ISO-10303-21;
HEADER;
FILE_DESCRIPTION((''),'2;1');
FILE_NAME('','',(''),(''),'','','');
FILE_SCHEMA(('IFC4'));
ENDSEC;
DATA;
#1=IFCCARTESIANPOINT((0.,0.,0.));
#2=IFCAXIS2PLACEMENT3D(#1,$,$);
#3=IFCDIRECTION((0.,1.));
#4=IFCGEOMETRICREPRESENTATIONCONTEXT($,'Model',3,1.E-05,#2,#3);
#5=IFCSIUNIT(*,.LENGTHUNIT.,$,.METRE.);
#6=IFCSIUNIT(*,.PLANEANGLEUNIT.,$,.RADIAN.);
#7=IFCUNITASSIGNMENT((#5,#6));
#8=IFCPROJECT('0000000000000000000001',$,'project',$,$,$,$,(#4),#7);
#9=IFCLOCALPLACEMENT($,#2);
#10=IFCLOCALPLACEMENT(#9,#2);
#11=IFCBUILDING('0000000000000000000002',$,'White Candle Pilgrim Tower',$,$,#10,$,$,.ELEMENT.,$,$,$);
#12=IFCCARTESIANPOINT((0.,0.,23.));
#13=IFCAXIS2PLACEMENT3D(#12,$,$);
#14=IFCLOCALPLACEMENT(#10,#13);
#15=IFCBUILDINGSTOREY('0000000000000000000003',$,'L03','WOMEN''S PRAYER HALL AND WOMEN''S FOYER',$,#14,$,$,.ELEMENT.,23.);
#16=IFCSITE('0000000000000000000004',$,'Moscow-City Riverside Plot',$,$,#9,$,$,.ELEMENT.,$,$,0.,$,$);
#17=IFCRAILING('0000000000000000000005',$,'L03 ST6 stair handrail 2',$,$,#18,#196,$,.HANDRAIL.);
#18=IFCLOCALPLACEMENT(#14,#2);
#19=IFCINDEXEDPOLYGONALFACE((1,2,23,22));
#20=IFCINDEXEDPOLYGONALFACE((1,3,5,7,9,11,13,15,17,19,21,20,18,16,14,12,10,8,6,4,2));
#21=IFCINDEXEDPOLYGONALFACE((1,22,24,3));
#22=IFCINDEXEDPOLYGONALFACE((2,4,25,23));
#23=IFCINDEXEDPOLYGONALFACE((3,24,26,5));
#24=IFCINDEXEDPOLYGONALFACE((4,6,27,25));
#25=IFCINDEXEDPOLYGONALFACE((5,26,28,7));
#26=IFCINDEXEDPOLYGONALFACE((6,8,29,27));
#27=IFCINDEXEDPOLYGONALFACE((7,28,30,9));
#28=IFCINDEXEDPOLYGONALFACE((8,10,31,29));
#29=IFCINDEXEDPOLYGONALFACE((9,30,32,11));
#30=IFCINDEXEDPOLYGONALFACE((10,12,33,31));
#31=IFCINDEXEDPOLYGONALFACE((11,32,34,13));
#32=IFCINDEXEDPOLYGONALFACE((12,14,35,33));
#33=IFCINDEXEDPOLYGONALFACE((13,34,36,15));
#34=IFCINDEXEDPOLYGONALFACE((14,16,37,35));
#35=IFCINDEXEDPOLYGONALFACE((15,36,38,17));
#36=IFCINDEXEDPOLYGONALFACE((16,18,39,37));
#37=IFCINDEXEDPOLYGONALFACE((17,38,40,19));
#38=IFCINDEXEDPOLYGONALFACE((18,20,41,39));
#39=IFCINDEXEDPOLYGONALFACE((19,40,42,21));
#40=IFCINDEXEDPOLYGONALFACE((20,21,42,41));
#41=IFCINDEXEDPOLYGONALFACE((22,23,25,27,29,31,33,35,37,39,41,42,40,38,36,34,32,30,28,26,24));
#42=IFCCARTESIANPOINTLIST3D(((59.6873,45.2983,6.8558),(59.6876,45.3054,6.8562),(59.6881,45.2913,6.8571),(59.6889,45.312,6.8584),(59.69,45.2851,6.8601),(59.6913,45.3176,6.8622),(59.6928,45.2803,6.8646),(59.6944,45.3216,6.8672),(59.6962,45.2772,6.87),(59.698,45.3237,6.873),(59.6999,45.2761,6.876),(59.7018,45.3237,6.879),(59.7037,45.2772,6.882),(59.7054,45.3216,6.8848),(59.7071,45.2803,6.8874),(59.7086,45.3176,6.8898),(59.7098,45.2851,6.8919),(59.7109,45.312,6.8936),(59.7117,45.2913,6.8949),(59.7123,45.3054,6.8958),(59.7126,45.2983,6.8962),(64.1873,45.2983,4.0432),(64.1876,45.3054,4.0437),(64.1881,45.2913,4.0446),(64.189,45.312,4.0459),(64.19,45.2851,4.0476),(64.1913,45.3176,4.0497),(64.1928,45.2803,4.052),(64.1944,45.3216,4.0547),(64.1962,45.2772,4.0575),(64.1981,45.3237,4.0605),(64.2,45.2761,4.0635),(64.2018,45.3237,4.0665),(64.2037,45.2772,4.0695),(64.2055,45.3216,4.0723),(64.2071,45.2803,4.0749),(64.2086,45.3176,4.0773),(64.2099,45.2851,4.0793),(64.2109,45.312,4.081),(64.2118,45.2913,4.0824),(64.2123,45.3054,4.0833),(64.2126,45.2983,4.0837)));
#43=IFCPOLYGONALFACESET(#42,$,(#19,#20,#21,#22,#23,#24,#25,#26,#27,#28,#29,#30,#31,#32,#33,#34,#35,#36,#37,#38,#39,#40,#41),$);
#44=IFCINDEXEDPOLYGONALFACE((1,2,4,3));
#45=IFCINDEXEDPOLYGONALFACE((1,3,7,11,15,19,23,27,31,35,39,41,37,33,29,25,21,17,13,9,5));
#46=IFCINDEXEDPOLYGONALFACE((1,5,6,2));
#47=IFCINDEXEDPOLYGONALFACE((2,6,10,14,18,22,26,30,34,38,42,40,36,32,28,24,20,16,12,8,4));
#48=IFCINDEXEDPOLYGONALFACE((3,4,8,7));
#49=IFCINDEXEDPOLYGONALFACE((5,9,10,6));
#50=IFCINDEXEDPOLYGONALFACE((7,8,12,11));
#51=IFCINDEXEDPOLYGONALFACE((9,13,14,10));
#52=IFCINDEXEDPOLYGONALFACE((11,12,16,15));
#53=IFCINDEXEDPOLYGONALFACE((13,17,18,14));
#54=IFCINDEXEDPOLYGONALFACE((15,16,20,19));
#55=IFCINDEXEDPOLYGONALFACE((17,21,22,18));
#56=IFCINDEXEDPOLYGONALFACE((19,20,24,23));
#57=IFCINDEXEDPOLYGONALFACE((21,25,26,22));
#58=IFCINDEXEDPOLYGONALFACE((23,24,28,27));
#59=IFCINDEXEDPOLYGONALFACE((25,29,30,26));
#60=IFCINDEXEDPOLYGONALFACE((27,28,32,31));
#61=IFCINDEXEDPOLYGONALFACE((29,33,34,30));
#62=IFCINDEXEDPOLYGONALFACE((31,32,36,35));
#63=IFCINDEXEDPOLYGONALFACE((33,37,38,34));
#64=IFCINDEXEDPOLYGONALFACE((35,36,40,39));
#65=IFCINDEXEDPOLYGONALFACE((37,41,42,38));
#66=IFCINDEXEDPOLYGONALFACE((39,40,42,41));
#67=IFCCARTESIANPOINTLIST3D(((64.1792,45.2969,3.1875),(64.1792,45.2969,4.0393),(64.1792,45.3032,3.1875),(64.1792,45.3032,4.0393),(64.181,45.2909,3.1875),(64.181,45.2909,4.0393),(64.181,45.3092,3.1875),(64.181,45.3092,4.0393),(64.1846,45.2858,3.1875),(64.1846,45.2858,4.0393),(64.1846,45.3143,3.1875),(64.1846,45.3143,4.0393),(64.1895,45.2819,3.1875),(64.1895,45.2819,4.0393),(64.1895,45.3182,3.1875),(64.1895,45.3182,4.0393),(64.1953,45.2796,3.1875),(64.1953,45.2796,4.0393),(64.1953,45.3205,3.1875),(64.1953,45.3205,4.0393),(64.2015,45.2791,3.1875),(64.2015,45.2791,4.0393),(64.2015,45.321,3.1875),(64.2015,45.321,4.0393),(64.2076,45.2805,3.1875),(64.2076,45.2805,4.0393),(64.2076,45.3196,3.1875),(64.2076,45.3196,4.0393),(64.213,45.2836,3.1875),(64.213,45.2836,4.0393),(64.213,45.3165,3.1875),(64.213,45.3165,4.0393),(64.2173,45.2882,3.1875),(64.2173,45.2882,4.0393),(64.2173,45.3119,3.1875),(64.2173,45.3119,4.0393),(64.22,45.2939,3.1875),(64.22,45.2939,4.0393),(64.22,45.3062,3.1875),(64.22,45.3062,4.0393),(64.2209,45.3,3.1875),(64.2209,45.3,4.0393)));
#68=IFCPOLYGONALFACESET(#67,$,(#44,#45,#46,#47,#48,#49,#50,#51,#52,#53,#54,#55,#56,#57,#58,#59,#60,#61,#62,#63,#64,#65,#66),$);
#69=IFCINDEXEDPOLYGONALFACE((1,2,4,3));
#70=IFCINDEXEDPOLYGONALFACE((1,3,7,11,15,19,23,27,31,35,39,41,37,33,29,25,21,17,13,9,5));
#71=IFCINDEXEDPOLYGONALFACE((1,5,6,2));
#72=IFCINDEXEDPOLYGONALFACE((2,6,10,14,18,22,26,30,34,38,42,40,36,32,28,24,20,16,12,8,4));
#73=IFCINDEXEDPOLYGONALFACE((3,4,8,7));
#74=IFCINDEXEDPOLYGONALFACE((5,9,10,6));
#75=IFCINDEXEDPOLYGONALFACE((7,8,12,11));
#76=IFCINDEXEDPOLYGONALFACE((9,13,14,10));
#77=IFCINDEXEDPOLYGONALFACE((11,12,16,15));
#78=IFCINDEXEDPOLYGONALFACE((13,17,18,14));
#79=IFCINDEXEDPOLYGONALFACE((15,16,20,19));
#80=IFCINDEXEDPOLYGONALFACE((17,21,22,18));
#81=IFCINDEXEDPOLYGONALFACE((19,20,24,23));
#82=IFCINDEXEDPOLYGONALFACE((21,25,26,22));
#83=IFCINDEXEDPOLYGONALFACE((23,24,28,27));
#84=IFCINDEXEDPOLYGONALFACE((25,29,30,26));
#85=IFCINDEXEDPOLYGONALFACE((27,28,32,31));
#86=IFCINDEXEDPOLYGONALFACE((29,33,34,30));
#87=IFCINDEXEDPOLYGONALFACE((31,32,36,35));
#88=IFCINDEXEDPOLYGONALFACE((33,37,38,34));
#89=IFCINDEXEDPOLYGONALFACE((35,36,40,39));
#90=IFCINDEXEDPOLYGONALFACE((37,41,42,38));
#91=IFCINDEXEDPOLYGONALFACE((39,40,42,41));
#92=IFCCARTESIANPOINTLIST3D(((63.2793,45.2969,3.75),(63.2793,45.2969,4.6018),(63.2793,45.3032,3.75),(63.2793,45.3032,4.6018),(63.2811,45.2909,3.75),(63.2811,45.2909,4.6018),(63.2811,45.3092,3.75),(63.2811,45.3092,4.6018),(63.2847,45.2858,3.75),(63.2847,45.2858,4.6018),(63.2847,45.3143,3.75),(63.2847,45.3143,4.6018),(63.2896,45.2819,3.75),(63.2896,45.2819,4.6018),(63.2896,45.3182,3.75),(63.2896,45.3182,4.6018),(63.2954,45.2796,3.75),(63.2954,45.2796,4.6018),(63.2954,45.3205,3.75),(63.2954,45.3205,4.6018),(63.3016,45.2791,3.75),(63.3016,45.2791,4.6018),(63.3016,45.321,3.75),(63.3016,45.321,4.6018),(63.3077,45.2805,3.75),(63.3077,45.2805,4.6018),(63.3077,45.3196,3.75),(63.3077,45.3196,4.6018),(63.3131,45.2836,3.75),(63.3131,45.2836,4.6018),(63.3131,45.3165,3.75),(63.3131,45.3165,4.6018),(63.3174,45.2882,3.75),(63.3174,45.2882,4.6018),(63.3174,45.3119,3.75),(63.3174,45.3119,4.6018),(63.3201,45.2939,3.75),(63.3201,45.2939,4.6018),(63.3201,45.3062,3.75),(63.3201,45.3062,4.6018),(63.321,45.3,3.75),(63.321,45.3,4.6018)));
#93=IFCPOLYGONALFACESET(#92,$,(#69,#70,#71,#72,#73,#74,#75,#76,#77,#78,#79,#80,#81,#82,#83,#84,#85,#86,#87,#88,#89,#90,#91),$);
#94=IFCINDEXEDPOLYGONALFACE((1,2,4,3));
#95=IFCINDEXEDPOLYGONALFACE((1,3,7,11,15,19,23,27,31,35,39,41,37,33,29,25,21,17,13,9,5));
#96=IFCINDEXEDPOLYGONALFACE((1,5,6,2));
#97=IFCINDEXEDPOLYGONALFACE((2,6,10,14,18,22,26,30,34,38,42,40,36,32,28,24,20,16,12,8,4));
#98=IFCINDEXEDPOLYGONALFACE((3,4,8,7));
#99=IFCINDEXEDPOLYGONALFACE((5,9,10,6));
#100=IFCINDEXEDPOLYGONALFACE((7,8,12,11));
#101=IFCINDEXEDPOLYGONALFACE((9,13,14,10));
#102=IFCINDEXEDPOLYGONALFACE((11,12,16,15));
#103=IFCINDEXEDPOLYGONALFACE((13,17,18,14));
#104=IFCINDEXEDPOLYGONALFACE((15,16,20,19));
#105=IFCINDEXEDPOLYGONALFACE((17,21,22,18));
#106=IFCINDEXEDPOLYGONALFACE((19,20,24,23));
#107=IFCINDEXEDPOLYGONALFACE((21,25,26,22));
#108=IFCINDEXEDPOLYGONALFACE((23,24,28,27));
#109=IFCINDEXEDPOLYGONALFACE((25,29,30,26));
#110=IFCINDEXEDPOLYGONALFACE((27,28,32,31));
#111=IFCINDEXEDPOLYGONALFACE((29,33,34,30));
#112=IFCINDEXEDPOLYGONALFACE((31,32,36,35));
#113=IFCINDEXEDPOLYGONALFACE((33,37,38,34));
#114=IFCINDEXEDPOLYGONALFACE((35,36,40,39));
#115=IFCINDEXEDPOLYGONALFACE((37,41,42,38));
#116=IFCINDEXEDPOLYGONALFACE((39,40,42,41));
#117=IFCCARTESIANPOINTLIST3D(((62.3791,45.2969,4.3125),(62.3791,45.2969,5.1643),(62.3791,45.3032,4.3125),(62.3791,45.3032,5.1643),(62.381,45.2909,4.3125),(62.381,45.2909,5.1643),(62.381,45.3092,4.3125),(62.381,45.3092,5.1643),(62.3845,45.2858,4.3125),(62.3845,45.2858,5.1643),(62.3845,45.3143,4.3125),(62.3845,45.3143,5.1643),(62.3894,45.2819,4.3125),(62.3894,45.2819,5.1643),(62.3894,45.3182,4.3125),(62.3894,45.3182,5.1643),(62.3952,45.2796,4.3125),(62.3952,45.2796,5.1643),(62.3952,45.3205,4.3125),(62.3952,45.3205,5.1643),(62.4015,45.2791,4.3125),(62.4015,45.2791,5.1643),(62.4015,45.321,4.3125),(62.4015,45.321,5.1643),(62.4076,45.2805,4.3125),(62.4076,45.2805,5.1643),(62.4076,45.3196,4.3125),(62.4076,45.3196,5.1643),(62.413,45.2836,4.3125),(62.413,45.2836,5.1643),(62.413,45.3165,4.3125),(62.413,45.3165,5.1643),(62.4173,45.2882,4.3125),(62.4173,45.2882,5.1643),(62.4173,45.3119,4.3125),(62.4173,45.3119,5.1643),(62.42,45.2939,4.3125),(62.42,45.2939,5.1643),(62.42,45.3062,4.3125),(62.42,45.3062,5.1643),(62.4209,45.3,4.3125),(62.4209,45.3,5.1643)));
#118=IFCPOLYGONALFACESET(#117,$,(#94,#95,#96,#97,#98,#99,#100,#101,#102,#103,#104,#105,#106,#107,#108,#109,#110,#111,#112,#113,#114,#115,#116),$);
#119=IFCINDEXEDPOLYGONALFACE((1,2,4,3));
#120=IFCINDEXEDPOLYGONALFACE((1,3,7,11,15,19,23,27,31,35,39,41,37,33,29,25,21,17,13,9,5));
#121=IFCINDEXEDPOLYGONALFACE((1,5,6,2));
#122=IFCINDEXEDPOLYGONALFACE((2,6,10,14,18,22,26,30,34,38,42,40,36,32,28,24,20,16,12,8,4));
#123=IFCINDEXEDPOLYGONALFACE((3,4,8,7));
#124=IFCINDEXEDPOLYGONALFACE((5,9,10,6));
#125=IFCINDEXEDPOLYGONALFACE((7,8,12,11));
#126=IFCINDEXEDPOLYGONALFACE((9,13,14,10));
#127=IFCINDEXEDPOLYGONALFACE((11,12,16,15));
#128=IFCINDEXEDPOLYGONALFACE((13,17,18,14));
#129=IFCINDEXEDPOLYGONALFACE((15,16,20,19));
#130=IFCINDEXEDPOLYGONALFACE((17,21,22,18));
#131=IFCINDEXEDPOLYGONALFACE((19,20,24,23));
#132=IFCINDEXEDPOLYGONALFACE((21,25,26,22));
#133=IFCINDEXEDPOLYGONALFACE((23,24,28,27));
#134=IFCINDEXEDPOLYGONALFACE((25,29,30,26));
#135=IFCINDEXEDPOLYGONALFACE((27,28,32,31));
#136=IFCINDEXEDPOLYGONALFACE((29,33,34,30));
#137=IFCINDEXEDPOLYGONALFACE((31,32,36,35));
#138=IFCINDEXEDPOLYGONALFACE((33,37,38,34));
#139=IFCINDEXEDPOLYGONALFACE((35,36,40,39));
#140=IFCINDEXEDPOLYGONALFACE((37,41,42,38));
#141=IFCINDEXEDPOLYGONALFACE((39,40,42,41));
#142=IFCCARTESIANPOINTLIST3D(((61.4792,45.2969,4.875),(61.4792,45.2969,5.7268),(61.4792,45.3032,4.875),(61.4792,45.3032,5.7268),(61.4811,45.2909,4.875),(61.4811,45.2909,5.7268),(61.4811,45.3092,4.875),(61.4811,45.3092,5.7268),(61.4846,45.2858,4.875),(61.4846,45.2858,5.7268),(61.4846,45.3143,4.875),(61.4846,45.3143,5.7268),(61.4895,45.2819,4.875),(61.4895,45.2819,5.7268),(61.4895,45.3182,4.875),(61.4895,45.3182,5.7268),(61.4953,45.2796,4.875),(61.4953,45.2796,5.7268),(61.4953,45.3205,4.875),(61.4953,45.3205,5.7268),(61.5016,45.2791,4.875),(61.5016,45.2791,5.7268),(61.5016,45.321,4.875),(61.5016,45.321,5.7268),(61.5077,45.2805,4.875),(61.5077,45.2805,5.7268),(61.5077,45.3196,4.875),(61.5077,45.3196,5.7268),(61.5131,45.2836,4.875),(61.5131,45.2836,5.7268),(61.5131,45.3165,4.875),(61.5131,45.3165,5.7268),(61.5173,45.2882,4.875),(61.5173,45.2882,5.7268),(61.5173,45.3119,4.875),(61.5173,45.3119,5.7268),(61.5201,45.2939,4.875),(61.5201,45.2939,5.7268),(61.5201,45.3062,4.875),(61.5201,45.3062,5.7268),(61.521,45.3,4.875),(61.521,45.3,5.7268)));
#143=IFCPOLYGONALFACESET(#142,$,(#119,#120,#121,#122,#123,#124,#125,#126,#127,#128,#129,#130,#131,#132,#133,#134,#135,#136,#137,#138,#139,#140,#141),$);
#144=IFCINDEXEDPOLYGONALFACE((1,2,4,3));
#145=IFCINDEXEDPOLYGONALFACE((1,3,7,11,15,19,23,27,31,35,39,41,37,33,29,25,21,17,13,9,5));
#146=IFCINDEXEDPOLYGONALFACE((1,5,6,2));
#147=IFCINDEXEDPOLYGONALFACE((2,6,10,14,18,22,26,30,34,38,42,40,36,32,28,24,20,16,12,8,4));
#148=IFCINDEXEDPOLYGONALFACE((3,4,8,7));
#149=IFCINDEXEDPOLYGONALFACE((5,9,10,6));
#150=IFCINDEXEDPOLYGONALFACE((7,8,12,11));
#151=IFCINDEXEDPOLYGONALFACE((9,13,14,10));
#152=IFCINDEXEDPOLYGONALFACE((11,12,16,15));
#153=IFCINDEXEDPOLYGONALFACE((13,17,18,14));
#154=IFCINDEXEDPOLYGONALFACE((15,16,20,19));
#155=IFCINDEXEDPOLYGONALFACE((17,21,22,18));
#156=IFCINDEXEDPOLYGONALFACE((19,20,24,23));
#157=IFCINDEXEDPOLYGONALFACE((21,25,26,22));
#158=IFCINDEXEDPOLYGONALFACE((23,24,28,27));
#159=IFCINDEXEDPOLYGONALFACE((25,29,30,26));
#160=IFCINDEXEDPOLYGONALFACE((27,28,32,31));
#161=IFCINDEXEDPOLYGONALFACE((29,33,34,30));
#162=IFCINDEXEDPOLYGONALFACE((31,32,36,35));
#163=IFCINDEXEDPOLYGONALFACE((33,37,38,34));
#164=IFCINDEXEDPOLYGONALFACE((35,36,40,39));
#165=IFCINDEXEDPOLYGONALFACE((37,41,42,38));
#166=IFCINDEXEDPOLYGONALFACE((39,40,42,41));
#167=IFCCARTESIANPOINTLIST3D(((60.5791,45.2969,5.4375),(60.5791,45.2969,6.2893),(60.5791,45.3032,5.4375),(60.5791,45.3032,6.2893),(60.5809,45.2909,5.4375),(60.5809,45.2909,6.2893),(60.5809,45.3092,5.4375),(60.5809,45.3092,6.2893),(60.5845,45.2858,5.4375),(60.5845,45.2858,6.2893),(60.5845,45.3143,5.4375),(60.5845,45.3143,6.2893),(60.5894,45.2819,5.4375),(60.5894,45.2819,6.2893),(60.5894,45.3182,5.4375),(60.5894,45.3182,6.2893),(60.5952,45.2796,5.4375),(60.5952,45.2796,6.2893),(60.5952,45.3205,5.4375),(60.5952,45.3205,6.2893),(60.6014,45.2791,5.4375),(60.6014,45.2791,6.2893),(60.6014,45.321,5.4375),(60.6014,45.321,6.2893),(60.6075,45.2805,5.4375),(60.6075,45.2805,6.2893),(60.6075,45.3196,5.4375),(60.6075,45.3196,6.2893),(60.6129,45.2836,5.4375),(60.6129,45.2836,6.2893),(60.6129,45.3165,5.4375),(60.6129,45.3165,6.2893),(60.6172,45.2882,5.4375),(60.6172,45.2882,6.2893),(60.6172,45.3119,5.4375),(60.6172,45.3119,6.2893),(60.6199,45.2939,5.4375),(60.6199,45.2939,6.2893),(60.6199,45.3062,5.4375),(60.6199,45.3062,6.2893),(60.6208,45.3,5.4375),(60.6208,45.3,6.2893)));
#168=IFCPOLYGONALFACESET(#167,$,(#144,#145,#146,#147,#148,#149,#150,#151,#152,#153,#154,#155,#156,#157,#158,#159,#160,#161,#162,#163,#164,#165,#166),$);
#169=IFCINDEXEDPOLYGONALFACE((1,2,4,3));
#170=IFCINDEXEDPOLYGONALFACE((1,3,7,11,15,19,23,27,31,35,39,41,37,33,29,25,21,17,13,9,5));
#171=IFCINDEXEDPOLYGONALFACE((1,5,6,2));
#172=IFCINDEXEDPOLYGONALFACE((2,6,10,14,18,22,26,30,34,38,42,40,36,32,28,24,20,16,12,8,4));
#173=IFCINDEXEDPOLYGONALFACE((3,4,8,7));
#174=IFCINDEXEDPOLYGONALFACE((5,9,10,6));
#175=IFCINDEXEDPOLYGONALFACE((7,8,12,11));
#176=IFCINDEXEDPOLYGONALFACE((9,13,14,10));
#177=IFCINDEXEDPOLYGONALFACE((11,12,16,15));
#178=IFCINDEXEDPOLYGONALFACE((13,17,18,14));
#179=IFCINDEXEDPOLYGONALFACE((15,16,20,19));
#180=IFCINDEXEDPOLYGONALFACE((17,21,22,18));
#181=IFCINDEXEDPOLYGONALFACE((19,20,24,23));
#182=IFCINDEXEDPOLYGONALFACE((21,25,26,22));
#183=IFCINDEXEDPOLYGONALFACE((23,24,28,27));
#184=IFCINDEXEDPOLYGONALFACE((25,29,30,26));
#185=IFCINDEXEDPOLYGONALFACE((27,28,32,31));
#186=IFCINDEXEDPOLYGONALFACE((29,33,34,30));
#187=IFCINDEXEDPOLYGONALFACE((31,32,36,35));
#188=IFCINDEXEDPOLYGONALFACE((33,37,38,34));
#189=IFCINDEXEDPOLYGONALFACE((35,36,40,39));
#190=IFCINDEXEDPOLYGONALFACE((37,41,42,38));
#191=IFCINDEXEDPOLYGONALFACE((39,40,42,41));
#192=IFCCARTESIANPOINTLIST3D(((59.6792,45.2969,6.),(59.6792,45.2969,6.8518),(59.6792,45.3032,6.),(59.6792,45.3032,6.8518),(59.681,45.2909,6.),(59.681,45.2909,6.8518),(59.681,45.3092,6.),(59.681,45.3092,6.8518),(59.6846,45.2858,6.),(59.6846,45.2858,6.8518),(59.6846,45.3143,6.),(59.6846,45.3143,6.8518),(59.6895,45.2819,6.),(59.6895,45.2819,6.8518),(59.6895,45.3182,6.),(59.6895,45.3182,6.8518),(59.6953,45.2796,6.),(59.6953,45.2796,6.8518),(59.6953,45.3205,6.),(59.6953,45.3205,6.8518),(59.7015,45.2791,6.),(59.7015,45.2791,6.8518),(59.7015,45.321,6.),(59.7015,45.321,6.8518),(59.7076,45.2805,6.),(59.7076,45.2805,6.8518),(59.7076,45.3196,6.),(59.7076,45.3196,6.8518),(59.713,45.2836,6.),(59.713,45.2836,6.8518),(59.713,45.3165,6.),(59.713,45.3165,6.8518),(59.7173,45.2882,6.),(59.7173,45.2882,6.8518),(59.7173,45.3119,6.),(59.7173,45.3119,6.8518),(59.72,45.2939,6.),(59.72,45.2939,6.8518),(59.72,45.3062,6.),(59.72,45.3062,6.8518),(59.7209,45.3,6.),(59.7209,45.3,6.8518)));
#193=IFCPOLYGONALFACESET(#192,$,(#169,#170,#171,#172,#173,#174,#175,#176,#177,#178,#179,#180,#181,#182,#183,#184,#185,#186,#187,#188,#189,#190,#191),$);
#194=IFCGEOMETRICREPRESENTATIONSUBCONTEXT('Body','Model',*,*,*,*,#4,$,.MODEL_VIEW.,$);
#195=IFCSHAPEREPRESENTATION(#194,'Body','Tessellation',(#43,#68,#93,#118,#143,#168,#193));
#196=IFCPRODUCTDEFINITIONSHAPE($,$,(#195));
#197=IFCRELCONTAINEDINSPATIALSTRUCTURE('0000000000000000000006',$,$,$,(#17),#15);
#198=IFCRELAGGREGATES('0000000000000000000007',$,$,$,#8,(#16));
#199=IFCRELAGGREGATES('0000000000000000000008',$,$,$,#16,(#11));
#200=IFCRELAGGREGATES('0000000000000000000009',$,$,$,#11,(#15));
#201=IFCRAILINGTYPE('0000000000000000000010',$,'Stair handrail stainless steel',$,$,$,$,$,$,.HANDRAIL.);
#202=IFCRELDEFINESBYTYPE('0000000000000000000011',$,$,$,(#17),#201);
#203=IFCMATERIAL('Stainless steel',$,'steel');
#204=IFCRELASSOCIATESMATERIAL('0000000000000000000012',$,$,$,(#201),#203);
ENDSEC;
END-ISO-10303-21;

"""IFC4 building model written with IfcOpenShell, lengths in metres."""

from ifc_helpers import new_model, si_unit, direction, frame, origin, origin_2d, place, context, subcontext, project, spatial, circle, extrude, material, type_object, element, save


model = new_model("IFC4")

# Units and contexts
model_context = context("Model", 3, precision=1e-05, world=origin(), true_north=direction((0.0, 1.0)))
body_context = subcontext(model_context, "Body", "Model", "MODEL_VIEW")
ifc_project = project(units=[si_unit("LENGTHUNIT", "METRE"), si_unit("PLANEANGLEUNIT", "RADIAN")], contexts=[model_context])

# Site, building, storey
site_placement = place(None, origin())
site = spatial("IfcSite", under=ifc_project, at=site_placement, Name="Moscow-City Riverside Plot", CompositionType="ELEMENT", RefElevation=0.0)
building_placement = place(site_placement, origin())
building = spatial("IfcBuilding", under=site, at=building_placement, Name="White Candle Pilgrim Tower", CompositionType="ELEMENT")
storey_placement = place(building_placement, frame((0.0, 0.0, 23.0)))
storey = spatial("IfcBuildingStorey", under=building, at=storey_placement, Name="L03", Description="WOMEN'S PRAYER HALL AND WOMEN'S FOYER", CompositionType="ELEMENT", Elevation=23.0)

# Railing
ifc_material_1 = material(Name="Stainless steel", Category="steel")
railing_type_1 = type_object("IfcRailingType", Name="Stair handrail stainless steel", PredefinedType="HANDRAIL", material=ifc_material_1)
railing_1_placement = place(storey_placement, frame((64.2, 45.3, 3.1875)))
element("IfcRailing", 1, at=railing_1_placement, inside=storey, type_object=railing_type_1, Name="L03 ST6 stair handrail 2", PredefinedType="HANDRAIL", context=body_context, shape_type="SweptSolid", body=[
    extrude(circle(Radius=0.0239, at=origin_2d()), frame((0.0, 0.0, 0.876), z_axis=(-0.847998, 0.0, 0.529999), x_axis=(0.0, -1.0, 0.0)), (0.0, 0.0, 1.0), 5.3066),
    extrude(circle(Radius=0.021, at=origin_2d()), origin(), (0.0, 0.0, 1.0), 0.8518),
    extrude(circle(Radius=0.021, at=origin_2d()), frame((-0.8999, 0.0, 0.5625)), (0.0, 0.0, 1.0), 0.8518),
    extrude(circle(Radius=0.021, at=origin_2d()), frame((-1.8, 0.0, 1.125)), (0.0, 0.0, 1.0), 0.8518),
    extrude(circle(Radius=0.021, at=origin_2d()), frame((-2.7, 0.0, 1.6875)), (0.0, 0.0, 1.0), 0.8518),
    extrude(circle(Radius=0.021, at=origin_2d()), frame((-3.6001, 0.0, 2.25)), (0.0, 0.0, 1.0), 0.8518),
    extrude(circle(Radius=0.021, at=origin_2d()), frame((-4.5, 0.0, 2.8125)), (0.0, 0.0, 1.0), 0.8518),
])

save(model, "model.ifc")
